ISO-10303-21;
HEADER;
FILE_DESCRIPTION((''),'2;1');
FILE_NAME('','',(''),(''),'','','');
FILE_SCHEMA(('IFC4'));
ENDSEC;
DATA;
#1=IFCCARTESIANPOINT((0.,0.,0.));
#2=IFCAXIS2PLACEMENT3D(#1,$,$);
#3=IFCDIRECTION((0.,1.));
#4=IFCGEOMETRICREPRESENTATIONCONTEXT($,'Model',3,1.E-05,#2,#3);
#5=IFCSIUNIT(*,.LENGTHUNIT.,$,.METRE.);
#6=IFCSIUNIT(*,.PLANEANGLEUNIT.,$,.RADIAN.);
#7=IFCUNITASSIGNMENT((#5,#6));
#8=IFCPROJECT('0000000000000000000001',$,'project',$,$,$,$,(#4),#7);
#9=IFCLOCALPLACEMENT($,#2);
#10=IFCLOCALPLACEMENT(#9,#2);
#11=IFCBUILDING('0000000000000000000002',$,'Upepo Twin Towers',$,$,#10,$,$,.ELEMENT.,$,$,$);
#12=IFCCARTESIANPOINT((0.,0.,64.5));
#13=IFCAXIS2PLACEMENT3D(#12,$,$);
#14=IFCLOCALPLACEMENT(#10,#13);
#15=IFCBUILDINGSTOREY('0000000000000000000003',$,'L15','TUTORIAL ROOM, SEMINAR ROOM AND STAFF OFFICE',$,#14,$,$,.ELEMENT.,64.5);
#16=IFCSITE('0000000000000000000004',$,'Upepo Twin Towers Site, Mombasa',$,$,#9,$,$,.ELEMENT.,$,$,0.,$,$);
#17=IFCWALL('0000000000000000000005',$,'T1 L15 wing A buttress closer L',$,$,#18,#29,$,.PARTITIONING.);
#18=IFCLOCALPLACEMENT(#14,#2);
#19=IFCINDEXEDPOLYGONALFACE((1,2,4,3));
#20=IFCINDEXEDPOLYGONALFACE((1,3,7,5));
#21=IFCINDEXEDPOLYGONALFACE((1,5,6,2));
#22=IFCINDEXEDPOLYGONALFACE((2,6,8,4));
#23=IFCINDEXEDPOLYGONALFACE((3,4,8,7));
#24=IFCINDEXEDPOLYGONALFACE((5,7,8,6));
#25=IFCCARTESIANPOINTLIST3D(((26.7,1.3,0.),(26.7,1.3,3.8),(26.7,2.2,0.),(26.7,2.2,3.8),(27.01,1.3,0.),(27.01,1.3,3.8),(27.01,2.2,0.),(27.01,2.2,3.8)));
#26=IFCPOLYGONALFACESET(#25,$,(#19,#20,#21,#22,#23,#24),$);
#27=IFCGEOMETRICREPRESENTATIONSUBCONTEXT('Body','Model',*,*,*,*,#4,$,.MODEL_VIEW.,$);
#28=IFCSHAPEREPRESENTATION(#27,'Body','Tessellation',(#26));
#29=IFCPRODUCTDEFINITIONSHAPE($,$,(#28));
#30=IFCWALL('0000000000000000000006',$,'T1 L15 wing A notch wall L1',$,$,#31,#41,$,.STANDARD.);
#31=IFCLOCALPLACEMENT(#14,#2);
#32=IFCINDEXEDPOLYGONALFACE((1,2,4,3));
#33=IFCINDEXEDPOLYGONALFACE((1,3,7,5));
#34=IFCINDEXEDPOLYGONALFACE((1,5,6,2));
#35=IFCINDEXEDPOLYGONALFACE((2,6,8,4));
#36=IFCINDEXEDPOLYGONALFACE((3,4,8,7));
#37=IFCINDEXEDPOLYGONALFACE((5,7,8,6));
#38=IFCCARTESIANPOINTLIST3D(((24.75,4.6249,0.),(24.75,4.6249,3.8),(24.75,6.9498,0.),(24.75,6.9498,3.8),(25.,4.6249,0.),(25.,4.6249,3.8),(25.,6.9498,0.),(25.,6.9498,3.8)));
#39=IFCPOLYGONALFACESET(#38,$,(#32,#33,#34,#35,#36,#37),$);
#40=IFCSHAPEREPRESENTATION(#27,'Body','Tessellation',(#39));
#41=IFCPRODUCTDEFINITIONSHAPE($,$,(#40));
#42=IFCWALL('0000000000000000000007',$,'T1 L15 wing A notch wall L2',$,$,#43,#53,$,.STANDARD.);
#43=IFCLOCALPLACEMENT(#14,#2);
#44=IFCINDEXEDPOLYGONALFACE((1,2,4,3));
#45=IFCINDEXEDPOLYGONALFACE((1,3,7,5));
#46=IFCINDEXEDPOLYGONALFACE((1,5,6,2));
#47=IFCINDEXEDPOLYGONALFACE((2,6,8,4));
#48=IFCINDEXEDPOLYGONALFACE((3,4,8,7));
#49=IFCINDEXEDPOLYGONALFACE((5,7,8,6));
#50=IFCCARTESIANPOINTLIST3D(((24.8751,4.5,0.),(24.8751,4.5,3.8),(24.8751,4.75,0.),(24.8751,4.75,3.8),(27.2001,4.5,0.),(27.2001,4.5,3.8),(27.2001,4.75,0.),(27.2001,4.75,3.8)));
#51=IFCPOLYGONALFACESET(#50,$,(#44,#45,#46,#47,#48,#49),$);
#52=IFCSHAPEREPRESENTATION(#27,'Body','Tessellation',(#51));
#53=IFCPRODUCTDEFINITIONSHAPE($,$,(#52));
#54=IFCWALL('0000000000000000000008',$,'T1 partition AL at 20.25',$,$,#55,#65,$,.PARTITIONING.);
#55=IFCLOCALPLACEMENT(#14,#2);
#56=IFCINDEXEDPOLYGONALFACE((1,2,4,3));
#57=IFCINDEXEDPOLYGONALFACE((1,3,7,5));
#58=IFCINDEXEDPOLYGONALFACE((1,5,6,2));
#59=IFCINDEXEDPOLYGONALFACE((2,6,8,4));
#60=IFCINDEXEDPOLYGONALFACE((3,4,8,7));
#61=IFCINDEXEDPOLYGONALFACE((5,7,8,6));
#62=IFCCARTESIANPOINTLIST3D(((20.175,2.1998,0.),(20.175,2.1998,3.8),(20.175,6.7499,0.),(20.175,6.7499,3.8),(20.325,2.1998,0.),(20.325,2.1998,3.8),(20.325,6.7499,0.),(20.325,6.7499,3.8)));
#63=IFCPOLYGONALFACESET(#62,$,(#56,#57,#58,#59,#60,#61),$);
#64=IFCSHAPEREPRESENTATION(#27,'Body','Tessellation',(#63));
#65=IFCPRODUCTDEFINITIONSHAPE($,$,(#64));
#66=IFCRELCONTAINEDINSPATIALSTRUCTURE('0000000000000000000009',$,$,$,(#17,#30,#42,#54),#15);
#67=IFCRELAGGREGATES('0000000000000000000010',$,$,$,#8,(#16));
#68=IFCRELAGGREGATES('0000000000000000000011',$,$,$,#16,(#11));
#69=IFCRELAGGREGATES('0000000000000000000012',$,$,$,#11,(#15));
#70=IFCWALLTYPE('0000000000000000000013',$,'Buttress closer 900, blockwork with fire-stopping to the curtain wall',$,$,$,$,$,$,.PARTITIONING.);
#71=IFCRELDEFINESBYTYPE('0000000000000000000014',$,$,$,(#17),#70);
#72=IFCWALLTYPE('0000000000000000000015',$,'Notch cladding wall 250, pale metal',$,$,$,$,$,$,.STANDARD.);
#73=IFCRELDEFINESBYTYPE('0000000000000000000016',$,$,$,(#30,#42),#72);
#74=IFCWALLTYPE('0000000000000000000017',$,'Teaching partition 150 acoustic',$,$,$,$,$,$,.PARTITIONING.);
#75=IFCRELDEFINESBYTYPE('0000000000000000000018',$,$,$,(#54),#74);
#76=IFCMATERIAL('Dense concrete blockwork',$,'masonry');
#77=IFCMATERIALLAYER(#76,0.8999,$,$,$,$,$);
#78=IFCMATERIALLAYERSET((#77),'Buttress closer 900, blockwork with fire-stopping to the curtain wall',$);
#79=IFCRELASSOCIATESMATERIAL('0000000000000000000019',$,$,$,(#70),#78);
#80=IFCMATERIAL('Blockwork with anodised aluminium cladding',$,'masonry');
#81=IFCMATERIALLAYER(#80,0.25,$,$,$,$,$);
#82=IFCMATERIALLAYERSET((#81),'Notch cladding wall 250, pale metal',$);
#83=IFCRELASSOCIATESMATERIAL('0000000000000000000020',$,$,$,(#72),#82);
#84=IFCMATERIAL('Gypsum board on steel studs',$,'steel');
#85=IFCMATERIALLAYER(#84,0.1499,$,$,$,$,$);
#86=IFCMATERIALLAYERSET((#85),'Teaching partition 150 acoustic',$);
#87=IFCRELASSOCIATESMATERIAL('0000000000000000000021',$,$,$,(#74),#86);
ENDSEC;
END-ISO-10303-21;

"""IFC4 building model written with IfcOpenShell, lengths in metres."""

from ifc_helpers import new_model, si_unit, direction, frame, frame_2d, origin, place, context, subcontext, project, spatial, rectangle, extrude, material, layer, layer_set, type_object, element, save


model = new_model("IFC4")

# Units and contexts
model_context = context("Model", 3, precision=1e-05, world=origin(), true_north=direction((0.0, 1.0)))
body_context = subcontext(model_context, "Body", "Model", "MODEL_VIEW")
ifc_project = project(units=[si_unit("LENGTHUNIT", "METRE"), si_unit("PLANEANGLEUNIT", "RADIAN")], contexts=[model_context])

# Site, building, storey
site_placement = place(None, origin())
site = spatial("IfcSite", under=ifc_project, at=site_placement, Name="Upepo Twin Towers Site, Mombasa", CompositionType="ELEMENT", RefElevation=0.0)
building_placement = place(site_placement, origin())
building = spatial("IfcBuilding", under=site, at=building_placement, Name="Upepo Twin Towers", CompositionType="ELEMENT")
storey_placement = place(building_placement, frame((0.0, 0.0, 64.5)))
storey = spatial("IfcBuildingStorey", under=building, at=storey_placement, Name="L15", Description="TUTORIAL ROOM, SEMINAR ROOM AND STAFF OFFICE", CompositionType="ELEMENT", Elevation=64.5)

# Walls
ifc_material_1 = material(Name="Dense concrete blockwork", Category="masonry")
ifc_layer_1 = layer(ifc_material_1, 0.8999)
ifc_layer_set_1 = layer_set([ifc_layer_1], Name="Buttress closer 900, blockwork with fire-stopping to the curtain wall")
wall_type_1 = type_object("IfcWallType", Name="Buttress closer 900, blockwork with fire-stopping to the curtain wall", PredefinedType="PARTITIONING", material=ifc_layer_set_1)
wall_1_placement = place(storey_placement, frame((26.7, 1.75, 0.0), z_axis=(0.0, 0.0, 1.0), x_axis=(1.0, 0.0, 0.0)))
element("IfcWall", 1, at=wall_1_placement, inside=storey, type_object=wall_type_1, Name="T1 L15 wing A buttress closer L", PredefinedType="PARTITIONING", context=body_context, shape_type="SweptSolid", body=[
    extrude(rectangle(XDim=0.3101, YDim=0.8999, at=frame_2d((0.155, 0.0))), origin(), (0.0, 0.0, 1.0), 3.8),
])
ifc_material_2 = material(Name="Blockwork with anodised aluminium cladding", Category="masonry")
ifc_layer_2 = layer(ifc_material_2, 0.25)
ifc_layer_set_2 = layer_set([ifc_layer_2], Name="Notch cladding wall 250, pale metal")
wall_type_2 = type_object("IfcWallType", Name="Notch cladding wall 250, pale metal", PredefinedType="STANDARD", material=ifc_layer_set_2)
for number, where, z_axis, x_axis, name in (
    (2, (24.875, 6.95, 0.0), (0.0, 0.0, 1.0), (0.0, -1.0, 0.0), "T1 L15 wing A notch wall L1"),
    (3, (24.875, 4.625, 0.0), (0.0, 0.0, 1.0), (1.0, 0.0, 0.0), "T1 L15 wing A notch wall L2"),
):
    element("IfcWall", number, at=place(storey_placement, frame(where, z_axis=z_axis, x_axis=x_axis)), inside=storey, type_object=wall_type_2, Name=name, PredefinedType="STANDARD", context=body_context, shape_type="SweptSolid", body=[
        extrude(rectangle(XDim=2.325, YDim=0.25, at=frame_2d((1.1626, 0.0))), origin(), (0.0, 0.0, 1.0), 3.8),
    ])
ifc_material_3 = material(Name="Gypsum board on steel studs", Category="steel")
ifc_layer_3 = layer(ifc_material_3, 0.1499)
ifc_layer_set_3 = layer_set([ifc_layer_3], Name="Teaching partition 150 acoustic")
wall_type_3 = type_object("IfcWallType", Name="Teaching partition 150 acoustic", PredefinedType="PARTITIONING", material=ifc_layer_set_3)
wall_2_placement = place(storey_placement, frame((20.25, 2.2, 0.0), z_axis=(0.0, 0.0, 1.0), x_axis=(0.0, 1.0, 0.0)))
element("IfcWall", 4, at=wall_2_placement, inside=storey, type_object=wall_type_3, Name="T1 partition AL at 20.25", PredefinedType="PARTITIONING", context=body_context, shape_type="SweptSolid", body=[
    extrude(rectangle(XDim=4.55, YDim=0.1499, at=frame_2d((2.2749, 0.0))), origin(), (0.0, 0.0, 1.0), 3.8),
])

save(model, "model.ifc")
